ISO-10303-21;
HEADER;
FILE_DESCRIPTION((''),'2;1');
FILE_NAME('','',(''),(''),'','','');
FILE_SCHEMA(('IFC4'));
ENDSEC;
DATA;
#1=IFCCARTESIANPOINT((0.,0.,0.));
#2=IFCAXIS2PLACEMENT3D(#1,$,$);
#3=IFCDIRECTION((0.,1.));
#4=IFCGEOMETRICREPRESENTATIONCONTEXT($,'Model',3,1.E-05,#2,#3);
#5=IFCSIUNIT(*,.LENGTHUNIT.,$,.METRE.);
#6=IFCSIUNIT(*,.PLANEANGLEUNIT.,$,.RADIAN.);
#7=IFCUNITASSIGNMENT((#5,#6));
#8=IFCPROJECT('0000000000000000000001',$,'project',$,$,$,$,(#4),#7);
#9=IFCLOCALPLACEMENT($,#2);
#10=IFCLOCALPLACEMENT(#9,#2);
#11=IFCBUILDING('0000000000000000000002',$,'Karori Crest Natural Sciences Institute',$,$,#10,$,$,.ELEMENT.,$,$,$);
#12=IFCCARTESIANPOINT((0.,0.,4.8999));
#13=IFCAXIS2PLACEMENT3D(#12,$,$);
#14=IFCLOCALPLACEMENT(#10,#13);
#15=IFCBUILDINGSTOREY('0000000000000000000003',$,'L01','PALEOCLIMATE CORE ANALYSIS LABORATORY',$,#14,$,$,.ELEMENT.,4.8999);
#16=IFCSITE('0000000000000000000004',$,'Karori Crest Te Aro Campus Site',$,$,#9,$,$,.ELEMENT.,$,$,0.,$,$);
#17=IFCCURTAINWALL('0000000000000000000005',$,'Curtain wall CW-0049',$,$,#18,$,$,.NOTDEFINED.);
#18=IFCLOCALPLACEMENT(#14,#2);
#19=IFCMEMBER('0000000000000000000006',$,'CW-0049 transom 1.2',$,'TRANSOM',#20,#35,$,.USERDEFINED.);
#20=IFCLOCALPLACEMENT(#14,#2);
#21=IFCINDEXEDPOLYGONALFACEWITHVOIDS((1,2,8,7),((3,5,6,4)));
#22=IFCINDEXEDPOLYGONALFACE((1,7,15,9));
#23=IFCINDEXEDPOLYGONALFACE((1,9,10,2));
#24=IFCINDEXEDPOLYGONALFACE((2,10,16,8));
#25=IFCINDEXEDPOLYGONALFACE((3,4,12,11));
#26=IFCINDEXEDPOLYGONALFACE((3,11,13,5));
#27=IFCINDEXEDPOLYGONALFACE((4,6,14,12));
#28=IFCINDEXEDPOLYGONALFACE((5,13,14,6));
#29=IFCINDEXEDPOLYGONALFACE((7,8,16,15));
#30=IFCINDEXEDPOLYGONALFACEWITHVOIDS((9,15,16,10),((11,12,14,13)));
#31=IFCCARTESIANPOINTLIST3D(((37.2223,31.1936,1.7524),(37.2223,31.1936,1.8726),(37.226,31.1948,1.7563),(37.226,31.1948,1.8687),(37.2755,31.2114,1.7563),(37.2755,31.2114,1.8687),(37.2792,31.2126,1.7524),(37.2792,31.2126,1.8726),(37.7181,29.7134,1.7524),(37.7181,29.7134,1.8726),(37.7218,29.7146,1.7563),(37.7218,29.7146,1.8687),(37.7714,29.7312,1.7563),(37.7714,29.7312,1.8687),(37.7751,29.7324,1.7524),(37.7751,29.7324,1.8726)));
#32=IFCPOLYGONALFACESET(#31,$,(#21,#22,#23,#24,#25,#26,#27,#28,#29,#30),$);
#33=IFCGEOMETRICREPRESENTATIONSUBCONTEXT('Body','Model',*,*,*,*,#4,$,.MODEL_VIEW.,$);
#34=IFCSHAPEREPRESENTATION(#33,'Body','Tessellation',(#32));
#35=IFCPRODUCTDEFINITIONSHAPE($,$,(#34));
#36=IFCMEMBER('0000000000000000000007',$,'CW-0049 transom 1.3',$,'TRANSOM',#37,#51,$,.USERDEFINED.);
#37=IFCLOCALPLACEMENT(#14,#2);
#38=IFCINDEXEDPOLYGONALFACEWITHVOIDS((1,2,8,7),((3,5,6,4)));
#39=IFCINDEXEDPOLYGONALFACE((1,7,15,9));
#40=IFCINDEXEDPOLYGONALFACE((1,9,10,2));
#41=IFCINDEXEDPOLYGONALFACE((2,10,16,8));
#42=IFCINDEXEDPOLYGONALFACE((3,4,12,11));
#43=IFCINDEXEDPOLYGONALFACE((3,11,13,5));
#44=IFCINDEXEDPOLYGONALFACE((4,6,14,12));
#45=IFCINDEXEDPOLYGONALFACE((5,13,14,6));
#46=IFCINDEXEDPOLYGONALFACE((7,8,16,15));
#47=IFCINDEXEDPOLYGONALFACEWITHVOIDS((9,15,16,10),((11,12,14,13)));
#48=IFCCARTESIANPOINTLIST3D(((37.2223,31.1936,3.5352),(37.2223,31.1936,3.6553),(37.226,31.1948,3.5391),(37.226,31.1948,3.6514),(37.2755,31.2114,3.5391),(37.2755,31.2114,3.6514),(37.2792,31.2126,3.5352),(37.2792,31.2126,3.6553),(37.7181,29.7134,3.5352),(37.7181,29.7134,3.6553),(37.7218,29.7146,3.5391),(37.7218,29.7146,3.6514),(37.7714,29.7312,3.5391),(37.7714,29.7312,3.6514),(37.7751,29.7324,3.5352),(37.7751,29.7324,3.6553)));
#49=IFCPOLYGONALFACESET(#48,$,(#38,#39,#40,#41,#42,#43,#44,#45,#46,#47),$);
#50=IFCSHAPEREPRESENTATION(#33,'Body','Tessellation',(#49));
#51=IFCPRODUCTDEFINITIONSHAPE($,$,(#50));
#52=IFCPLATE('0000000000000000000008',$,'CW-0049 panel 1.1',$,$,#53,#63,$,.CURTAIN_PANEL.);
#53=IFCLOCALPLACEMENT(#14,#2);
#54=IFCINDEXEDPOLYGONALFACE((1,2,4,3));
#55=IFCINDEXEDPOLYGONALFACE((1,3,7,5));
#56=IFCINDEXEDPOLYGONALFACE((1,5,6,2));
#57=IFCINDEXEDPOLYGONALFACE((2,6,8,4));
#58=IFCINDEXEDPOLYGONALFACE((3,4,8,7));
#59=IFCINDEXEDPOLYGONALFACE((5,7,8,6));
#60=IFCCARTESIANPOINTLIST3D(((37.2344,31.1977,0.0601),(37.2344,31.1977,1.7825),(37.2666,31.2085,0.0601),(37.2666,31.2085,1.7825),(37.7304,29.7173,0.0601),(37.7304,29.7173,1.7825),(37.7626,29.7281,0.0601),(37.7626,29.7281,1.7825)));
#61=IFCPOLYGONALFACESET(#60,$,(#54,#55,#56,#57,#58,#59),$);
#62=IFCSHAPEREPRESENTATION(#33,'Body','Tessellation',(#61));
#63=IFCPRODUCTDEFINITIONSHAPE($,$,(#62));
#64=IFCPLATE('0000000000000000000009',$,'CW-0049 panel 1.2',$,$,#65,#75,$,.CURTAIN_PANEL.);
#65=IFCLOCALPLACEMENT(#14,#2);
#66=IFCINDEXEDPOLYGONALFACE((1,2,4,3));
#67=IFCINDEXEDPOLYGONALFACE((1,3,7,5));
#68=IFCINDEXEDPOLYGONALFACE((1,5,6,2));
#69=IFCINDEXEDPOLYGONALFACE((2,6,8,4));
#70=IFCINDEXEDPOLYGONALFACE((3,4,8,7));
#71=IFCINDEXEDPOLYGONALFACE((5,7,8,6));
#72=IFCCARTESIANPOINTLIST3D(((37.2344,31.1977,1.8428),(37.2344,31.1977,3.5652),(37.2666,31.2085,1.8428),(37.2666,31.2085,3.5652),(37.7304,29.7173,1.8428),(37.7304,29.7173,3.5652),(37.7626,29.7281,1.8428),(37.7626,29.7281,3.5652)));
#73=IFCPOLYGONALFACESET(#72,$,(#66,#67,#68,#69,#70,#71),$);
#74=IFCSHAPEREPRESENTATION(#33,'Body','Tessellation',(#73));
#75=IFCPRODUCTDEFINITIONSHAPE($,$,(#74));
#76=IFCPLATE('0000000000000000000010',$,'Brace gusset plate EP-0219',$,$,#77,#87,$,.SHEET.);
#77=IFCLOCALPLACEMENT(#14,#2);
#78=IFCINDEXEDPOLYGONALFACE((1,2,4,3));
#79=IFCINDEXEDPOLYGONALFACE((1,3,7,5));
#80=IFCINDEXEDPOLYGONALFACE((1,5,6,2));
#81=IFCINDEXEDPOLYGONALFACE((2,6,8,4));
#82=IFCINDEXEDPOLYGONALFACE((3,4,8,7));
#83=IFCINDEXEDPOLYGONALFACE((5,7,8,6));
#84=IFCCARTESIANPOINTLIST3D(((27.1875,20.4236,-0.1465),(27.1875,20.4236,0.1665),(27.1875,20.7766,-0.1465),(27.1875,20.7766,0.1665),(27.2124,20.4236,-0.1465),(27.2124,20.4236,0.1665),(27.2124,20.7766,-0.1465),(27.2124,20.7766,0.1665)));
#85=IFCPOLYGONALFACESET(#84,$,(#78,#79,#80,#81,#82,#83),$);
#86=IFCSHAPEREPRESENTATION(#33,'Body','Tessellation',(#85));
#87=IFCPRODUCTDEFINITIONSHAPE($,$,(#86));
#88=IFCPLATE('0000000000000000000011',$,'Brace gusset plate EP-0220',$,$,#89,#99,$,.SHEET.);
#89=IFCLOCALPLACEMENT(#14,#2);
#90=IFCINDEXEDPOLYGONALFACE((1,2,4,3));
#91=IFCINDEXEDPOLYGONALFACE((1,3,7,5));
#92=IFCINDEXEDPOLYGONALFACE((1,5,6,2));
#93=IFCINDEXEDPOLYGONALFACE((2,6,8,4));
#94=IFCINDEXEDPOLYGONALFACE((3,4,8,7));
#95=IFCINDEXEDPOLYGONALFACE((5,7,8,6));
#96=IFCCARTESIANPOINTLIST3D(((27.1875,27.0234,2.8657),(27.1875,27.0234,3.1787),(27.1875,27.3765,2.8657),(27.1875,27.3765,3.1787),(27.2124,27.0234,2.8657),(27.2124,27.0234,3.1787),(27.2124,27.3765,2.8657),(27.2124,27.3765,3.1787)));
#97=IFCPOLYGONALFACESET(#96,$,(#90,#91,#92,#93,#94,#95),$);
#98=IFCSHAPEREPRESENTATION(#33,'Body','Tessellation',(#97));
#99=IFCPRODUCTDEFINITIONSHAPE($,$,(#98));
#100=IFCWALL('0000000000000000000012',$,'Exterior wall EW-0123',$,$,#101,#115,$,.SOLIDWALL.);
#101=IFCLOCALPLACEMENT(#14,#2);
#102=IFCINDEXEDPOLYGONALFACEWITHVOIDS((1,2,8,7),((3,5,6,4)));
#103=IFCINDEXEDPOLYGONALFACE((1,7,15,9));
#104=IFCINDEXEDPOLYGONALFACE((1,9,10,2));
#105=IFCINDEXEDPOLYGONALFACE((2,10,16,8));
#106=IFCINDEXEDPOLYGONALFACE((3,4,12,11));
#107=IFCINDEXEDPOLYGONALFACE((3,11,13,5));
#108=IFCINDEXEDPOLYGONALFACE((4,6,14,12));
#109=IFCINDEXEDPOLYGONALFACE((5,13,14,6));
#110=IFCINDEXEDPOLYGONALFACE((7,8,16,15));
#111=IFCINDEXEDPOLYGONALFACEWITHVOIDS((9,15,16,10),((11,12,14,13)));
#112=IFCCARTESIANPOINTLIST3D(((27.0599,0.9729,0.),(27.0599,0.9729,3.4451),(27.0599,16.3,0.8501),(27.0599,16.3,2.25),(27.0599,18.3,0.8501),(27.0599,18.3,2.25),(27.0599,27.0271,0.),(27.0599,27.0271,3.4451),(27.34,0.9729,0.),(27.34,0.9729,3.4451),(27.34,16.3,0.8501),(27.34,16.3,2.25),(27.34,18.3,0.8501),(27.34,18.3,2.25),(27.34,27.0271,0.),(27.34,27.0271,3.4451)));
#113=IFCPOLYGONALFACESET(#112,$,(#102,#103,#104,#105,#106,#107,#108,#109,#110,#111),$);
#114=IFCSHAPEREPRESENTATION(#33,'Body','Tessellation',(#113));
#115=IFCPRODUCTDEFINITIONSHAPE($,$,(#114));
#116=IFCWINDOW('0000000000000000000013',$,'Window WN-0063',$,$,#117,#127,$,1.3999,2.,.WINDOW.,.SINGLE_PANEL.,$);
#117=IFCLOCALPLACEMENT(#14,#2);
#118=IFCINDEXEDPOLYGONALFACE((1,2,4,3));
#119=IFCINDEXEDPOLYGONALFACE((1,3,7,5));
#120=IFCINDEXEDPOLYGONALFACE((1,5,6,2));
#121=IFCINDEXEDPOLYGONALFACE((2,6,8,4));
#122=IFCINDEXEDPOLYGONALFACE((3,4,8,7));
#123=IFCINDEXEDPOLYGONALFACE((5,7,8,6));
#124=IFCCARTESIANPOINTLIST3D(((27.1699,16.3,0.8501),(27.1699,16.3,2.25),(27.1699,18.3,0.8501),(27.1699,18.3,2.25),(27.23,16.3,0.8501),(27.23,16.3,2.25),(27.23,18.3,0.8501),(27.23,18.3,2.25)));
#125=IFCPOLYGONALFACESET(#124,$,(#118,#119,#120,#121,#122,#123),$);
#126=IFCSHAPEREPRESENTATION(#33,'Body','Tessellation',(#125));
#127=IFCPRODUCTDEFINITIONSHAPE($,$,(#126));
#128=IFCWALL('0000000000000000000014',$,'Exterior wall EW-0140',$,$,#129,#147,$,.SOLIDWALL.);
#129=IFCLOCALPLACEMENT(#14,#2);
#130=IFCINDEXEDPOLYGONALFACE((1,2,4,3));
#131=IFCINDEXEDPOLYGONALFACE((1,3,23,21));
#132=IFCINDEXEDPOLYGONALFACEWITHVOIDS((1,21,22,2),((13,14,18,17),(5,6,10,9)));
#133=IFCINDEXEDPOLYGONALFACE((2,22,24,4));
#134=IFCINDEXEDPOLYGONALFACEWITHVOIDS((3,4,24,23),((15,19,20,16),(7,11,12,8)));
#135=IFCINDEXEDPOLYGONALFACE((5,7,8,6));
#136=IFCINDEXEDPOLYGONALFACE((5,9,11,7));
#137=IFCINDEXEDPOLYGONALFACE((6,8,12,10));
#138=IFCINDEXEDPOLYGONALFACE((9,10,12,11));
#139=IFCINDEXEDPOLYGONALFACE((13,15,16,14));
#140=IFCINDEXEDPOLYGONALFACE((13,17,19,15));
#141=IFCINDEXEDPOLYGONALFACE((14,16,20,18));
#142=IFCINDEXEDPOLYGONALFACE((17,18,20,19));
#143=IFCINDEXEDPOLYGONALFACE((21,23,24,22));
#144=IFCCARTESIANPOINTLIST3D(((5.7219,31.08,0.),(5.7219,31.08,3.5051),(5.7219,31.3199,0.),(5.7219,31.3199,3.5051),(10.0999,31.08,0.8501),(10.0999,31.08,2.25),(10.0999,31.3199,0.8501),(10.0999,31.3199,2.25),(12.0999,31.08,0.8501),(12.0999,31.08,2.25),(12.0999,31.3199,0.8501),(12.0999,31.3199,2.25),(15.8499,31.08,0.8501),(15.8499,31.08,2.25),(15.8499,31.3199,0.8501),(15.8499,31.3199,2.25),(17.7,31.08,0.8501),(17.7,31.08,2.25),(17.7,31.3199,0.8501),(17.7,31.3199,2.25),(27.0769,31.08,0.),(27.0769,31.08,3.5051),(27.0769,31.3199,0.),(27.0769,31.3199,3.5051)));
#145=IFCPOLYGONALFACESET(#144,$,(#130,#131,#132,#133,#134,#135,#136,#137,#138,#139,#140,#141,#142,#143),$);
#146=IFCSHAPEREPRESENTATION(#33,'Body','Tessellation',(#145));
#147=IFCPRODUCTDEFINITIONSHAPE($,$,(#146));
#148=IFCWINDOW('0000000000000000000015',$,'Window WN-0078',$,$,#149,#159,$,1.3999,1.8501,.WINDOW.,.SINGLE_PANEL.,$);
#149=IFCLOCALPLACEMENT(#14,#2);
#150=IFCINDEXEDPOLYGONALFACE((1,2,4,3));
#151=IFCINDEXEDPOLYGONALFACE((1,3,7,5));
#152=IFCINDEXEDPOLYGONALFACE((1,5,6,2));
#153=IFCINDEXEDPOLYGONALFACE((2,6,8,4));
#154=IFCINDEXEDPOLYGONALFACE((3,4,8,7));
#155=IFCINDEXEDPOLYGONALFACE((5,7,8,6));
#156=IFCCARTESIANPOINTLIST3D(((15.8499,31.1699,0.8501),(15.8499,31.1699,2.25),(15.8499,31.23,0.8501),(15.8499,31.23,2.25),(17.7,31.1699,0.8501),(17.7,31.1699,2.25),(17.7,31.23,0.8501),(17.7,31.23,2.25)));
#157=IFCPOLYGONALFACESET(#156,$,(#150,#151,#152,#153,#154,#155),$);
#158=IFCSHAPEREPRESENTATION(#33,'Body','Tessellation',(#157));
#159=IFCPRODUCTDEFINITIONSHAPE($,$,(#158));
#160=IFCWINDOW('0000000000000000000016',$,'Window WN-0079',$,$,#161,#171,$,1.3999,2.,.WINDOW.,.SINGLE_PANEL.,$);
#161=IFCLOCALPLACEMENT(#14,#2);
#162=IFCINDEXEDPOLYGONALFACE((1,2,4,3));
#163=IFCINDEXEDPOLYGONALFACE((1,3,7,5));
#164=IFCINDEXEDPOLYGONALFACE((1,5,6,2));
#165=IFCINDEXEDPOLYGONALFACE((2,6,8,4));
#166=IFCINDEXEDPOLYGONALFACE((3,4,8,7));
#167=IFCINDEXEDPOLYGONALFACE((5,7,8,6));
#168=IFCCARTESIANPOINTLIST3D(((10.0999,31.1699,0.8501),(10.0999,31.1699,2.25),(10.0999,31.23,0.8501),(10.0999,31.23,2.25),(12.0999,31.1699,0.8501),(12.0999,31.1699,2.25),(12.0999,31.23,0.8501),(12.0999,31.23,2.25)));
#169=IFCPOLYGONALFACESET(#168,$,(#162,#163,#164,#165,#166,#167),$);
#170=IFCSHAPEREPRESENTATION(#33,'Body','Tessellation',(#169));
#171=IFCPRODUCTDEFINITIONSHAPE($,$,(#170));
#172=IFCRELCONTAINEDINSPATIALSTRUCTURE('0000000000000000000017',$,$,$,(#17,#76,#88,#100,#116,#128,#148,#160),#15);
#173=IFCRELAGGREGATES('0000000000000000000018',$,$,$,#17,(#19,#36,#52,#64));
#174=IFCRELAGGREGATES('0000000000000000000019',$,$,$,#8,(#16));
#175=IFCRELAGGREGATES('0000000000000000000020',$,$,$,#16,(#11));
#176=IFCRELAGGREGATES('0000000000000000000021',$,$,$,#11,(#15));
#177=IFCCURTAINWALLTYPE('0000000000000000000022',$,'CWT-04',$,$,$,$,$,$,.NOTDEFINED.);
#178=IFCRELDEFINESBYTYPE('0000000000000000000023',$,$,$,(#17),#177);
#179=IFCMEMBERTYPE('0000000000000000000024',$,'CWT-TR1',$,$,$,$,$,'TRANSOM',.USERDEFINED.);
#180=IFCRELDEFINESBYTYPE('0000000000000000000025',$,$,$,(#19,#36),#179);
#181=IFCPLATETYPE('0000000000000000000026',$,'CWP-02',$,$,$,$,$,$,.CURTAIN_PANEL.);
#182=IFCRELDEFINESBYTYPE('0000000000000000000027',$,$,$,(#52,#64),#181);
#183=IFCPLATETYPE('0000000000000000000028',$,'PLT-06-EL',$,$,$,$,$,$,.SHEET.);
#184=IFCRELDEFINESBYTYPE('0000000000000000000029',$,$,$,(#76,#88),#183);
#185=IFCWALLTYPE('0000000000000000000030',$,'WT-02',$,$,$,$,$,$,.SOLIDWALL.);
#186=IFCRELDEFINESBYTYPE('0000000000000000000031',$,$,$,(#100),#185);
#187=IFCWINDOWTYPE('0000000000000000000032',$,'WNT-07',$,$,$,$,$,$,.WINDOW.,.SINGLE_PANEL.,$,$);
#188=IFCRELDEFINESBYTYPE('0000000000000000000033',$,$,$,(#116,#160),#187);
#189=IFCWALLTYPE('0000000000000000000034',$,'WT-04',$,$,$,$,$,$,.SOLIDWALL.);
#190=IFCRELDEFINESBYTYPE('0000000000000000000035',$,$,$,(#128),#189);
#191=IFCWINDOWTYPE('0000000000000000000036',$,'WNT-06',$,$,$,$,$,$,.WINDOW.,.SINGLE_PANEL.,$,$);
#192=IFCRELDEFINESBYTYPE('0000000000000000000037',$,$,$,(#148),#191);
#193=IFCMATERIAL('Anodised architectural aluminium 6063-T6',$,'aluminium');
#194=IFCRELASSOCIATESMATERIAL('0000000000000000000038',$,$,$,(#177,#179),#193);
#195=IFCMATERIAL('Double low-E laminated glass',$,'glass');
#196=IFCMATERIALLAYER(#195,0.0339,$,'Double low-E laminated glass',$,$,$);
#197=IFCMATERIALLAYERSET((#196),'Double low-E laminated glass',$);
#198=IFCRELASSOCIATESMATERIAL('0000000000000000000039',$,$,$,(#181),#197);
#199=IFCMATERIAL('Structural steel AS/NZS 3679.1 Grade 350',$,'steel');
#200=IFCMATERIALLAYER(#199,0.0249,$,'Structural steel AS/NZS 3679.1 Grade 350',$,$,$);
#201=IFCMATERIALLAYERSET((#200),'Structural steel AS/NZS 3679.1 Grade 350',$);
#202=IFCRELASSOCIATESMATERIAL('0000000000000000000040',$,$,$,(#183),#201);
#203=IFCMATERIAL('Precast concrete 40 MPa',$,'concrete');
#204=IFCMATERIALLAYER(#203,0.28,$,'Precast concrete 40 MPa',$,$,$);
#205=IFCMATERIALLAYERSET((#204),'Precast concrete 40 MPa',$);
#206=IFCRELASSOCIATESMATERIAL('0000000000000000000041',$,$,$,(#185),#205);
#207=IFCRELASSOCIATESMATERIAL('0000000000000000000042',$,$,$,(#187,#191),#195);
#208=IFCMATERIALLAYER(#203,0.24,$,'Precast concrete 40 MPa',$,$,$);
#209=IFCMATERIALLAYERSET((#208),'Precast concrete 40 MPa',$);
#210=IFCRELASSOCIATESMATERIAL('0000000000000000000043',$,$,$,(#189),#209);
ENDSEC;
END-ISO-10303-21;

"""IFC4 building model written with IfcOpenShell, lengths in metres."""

from ifc_helpers import new_model, si_unit, direction, frame, frame_2d, origin, origin_2d, place, context, subcontext, project, spatial, rectangle, hollow_rectangle, extrude, material, layer, layer_set, material_profile, profile_set, type_object, element, fill, aggregate, save


model = new_model("IFC4")

# Units and contexts
model_context = context("Model", 3, precision=1e-05, world=origin(), true_north=direction((0.0, 1.0)))
body_context = subcontext(model_context, "Body", "Model", "MODEL_VIEW")
ifc_project = project(units=[si_unit("LENGTHUNIT", "METRE"), si_unit("PLANEANGLEUNIT", "RADIAN")], contexts=[model_context])

# Site, building, storey
site_placement = place(None, origin())
site = spatial("IfcSite", under=ifc_project, at=site_placement, Name="Karori Crest Te Aro Campus Site", CompositionType="ELEMENT", RefElevation=0.0)
building_placement = place(site_placement, origin())
building = spatial("IfcBuilding", under=site, at=building_placement, Name="Karori Crest Natural Sciences Institute", CompositionType="ELEMENT")
storey_placement = place(building_placement, frame((0.0, 0.0, 4.8999)))
storey = spatial("IfcBuildingStorey", under=building, at=storey_placement, Name="L01", Description="PALEOCLIMATE CORE ANALYSIS LABORATORY", CompositionType="ELEMENT", Elevation=4.8999)

# Shared definitions
ifc_material_1 = material(Name="Structural steel AS/NZS 3679.1 Grade 350", Category="steel")

# Curtain wall, members, plates
ifc_material_2 = material(Name="Anodised architectural aluminium 6063-T6", Category="aluminium")
curtain_wall_type = type_object("IfcCurtainWallType", Name="CWT-04", PredefinedType="NOTDEFINED", material=ifc_material_2)
curtain_wall_placement = place(storey_placement, origin())
curtain_wall = element("IfcCurtainWall", 1, at=curtain_wall_placement, inside=storey, type_object=curtain_wall_type, Name="Curtain wall CW-0049", PredefinedType="NOTDEFINED")
ifc_material_profile_1 = material_profile(ifc_material_2, hollow_rectangle(XDim=0.0601, YDim=0.1201, WallThickness=0.0039, at=origin_2d()), Name="CWT120x60x4")
ifc_profile_set_1 = profile_set([ifc_material_profile_1], Name="Anodised architectural aluminium 6063-T6")
member_type_1 = type_object("IfcMemberType", Name="CWT-TR1", ElementType="TRANSOM", PredefinedType="USERDEFINED", material=ifc_profile_set_1)
member_1_placement = place(storey_placement, frame((37.7466, 29.7229, 1.8125), z_axis=(-0.317635, 0.948213, 0.0), x_axis=(-0.948213, -0.317635, 0.0)))
member_1 = element("IfcMember", 2, at=member_1_placement, type_object=member_type_1, Name="CW-0049 transom 1.2", ObjectType="TRANSOM", PredefinedType="USERDEFINED", context=body_context, shape_type="SweptSolid", body=[
    extrude(hollow_rectangle(XDim=0.0601, YDim=0.1201, WallThickness=0.0039, at=origin_2d()), origin(), (0.0, 0.0, 1.0), 1.561),
])
member_2_placement = place(storey_placement, frame((37.7466, 29.7229, 3.5952), z_axis=(-0.317635, 0.948213, 0.0), x_axis=(-0.948213, -0.317635, 0.0)))
member_2 = element("IfcMember", 3, at=member_2_placement, type_object=member_type_1, Name="CW-0049 transom 1.3", ObjectType="TRANSOM", PredefinedType="USERDEFINED", context=body_context, shape_type="SweptSolid", body=[
    extrude(hollow_rectangle(XDim=0.0601, YDim=0.1201, WallThickness=0.0039, at=origin_2d()), origin(), (0.0, 0.0, 1.0), 1.561),
])
ifc_material_3 = material(Name="Double low-E laminated glass", Category="glass")
ifc_layer_1 = layer(ifc_material_3, 0.0339, Name="Double low-E laminated glass")
ifc_layer_set_1 = layer_set([ifc_layer_1], Name="Double low-E laminated glass")
plate_type_1 = type_object("IfcPlateType", Name="CWP-02", PredefinedType="CURTAIN_PANEL", material=ifc_layer_set_1)
plate_1_placement = place(storey_placement, frame((37.4985, 30.4629, 0.0601), z_axis=(0.0, 0.0, 1.0), x_axis=(-0.317685, 0.948196, 0.0)))
plate_1 = element("IfcPlate", 4, at=plate_1_placement, type_object=plate_type_1, Name="CW-0049 panel 1.1", PredefinedType="CURTAIN_PANEL", context=body_context, shape_type="SweptSolid", body=[
    extrude(rectangle(XDim=1.5613, YDim=0.0339, at=origin_2d()), origin(), (0.0, 0.0, 1.0), 1.7224),
])
plate_2_placement = place(storey_placement, frame((37.4985, 30.4629, 1.8428), z_axis=(0.0, 0.0, 1.0), x_axis=(-0.317685, 0.948196, 0.0)))
plate_2 = element("IfcPlate", 5, at=plate_2_placement, type_object=plate_type_1, Name="CW-0049 panel 1.2", PredefinedType="CURTAIN_PANEL", context=body_context, shape_type="SweptSolid", body=[
    extrude(rectangle(XDim=1.5613, YDim=0.0339, at=origin_2d()), origin(), (0.0, 0.0, 1.0), 1.7224),
])
aggregate(curtain_wall, [member_1, member_2, plate_1, plate_2])

# Plates
ifc_layer_2 = layer(ifc_material_1, 0.0249, Name="Structural steel AS/NZS 3679.1 Grade 350")
ifc_layer_set_2 = layer_set([ifc_layer_2], Name="Structural steel AS/NZS 3679.1 Grade 350")
plate_type_2 = type_object("IfcPlateType", Name="PLT-06-EL", PredefinedType="SHEET", material=ifc_layer_set_2)
for number, where, z_axis, x_axis, name in (
    (6, (27.2, 20.6001, -0.1465), (0.0, 0.0, 1.0), (0.0, 1.0, 0.0), "Brace gusset plate EP-0219"),
    (7, (27.2, 27.2, 2.8657), (0.0, 0.0, 1.0), (0.0, 1.0, 0.0), "Brace gusset plate EP-0220"),
):
    element("IfcPlate", number, at=place(storey_placement, frame(where, z_axis=z_axis, x_axis=x_axis)), inside=storey, type_object=plate_type_2, Name=name, PredefinedType="SHEET", context=body_context, shape_type="SweptSolid", body=[
        extrude(rectangle(XDim=0.353, YDim=0.0249, at=origin_2d()), origin(), (0.0, 0.0, 1.0), 0.313),
    ])

# Wall, opening, window
ifc_material_4 = material(Name="Precast concrete 40 MPa", Category="concrete")
ifc_layer_3 = layer(ifc_material_4, 0.28, Name="Precast concrete 40 MPa")
ifc_layer_set_3 = layer_set([ifc_layer_3], Name="Precast concrete 40 MPa")
wall_type_1 = type_object("IfcWallType", Name="WT-02", PredefinedType="SOLIDWALL", material=ifc_layer_set_3)
wall_1_placement = place(storey_placement, frame((27.2, 27.0271, 0.0), z_axis=(0.0, 0.0, 1.0), x_axis=(0.0, -1.0, 0.0)))
wall_1 = element("IfcWall", 8, at=wall_1_placement, inside=storey, type_object=wall_type_1, Name="Exterior wall EW-0123", PredefinedType="SOLIDWALL", context=body_context, shape_type="SweptSolid", body=[
    extrude(rectangle(XDim=26.0542, YDim=0.28, at=frame_2d((13.0271, 0.0))), origin(), (0.0, 0.0, 1.0), 3.4451),
])
opening_1_placement = place(wall_1_placement, frame((8.7271, 0.0, 0.8501)))
opening_1 = element("IfcOpeningElement", 9, at=opening_1_placement, cuts=wall_1, PredefinedType="OPENING", context=body_context, shape_type="SweptSolid", body=[
    extrude(rectangle(XDim=2.0, YDim=1.3999, at=frame_2d((1.0, 0.7))), frame((0.0, 0.1499, 0.0), z_axis=(0.0, -1.0, 0.0), x_axis=(1.0, 0.0, 0.0)), (0.0, 0.0, 1.0), 0.3),
])
window_type_1 = type_object("IfcWindowType", Name="WNT-07", PartitioningType="SINGLE_PANEL", PredefinedType="WINDOW", material=ifc_material_3)
window_1_placement = place(opening_1_placement, origin())
window_1 = element("IfcWindow", 10, at=window_1_placement, inside=storey, type_object=window_type_1, Name="Window WN-0063", OverallHeight=1.3999, OverallWidth=2.0, PartitioningType="SINGLE_PANEL", PredefinedType="WINDOW", context=body_context, shape_type="SweptSolid", body=[
    extrude(rectangle(XDim=2.0, YDim=1.3999, at=frame_2d((1.0, 0.7))), frame((0.0, 0.03, 0.0), z_axis=(0.0, -1.0, 0.0), x_axis=(1.0, 0.0, 0.0)), (0.0, 0.0, 1.0), 0.0601),
])
fill(opening_1, window_1)

# Wall, openings, windows
ifc_layer_4 = layer(ifc_material_4, 0.24, Name="Precast concrete 40 MPa")
ifc_layer_set_4 = layer_set([ifc_layer_4], Name="Precast concrete 40 MPa")
wall_type_2 = type_object("IfcWallType", Name="WT-04", PredefinedType="SOLIDWALL", material=ifc_layer_set_4)
wall_2_placement = place(storey_placement, frame((27.0769, 31.2, 0.0), z_axis=(0.0, 0.0, 1.0), x_axis=(-1.0, 0.0, 0.0)))
wall_2 = element("IfcWall", 11, at=wall_2_placement, inside=storey, type_object=wall_type_2, Name="Exterior wall EW-0140", PredefinedType="SOLIDWALL", context=body_context, shape_type="SweptSolid", body=[
    extrude(rectangle(XDim=21.355, YDim=0.24, at=frame_2d((10.6775, 0.0))), origin(), (0.0, 0.0, 1.0), 3.5051),
])
opening_2_placement = place(wall_2_placement, frame((9.377, 0.0, 0.8501)))
opening_2 = element("IfcOpeningElement", 12, at=opening_2_placement, cuts=wall_2, PredefinedType="OPENING", context=body_context, shape_type="SweptSolid", body=[
    extrude(rectangle(XDim=1.8501, YDim=1.3999, at=frame_2d((0.925, 0.7))), frame((0.0, 0.1299, 0.0), z_axis=(0.0, -1.0, 0.0), x_axis=(1.0, 0.0, 0.0)), (0.0, 0.0, 1.0), 0.26),
])
opening_3_placement = place(wall_2_placement, frame((14.9771, 0.0, 0.8501)))
opening_3 = element("IfcOpeningElement", 13, at=opening_3_placement, cuts=wall_2, PredefinedType="OPENING", context=body_context, shape_type="SweptSolid", body=[
    extrude(rectangle(XDim=2.0, YDim=1.3999, at=frame_2d((1.0, 0.7))), frame((0.0, 0.1299, 0.0), z_axis=(0.0, -1.0, 0.0), x_axis=(1.0, 0.0, 0.0)), (0.0, 0.0, 1.0), 0.26),
])
window_type_2 = type_object("IfcWindowType", Name="WNT-06", PartitioningType="SINGLE_PANEL", PredefinedType="WINDOW", material=ifc_material_3)
window_2_placement = place(opening_2_placement, origin())
window_2 = element("IfcWindow", 14, at=window_2_placement, inside=storey, type_object=window_type_2, Name="Window WN-0078", OverallHeight=1.3999, OverallWidth=1.8501, PartitioningType="SINGLE_PANEL", PredefinedType="WINDOW", context=body_context, shape_type="SweptSolid", body=[
    extrude(rectangle(XDim=1.8501, YDim=1.3999, at=frame_2d((0.925, 0.7))), frame((0.0, 0.03, 0.0), z_axis=(0.0, -1.0, 0.0), x_axis=(1.0, 0.0, 0.0)), (0.0, 0.0, 1.0), 0.0601),
])
fill(opening_2, window_2)
window_3_placement = place(opening_3_placement, origin())
window_3 = element("IfcWindow", 15, at=window_3_placement, inside=storey, type_object=window_type_1, Name="Window WN-0079", OverallHeight=1.3999, OverallWidth=2.0, PartitioningType="SINGLE_PANEL", PredefinedType="WINDOW", context=body_context, shape_type="SweptSolid", body=[
    extrude(rectangle(XDim=2.0, YDim=1.3999, at=frame_2d((1.0, 0.7))), frame((0.0, 0.03, 0.0), z_axis=(0.0, -1.0, 0.0), x_axis=(1.0, 0.0, 0.0)), (0.0, 0.0, 1.0), 0.0601),
])
fill(opening_3, window_3)

save(model, "model.ifc")
